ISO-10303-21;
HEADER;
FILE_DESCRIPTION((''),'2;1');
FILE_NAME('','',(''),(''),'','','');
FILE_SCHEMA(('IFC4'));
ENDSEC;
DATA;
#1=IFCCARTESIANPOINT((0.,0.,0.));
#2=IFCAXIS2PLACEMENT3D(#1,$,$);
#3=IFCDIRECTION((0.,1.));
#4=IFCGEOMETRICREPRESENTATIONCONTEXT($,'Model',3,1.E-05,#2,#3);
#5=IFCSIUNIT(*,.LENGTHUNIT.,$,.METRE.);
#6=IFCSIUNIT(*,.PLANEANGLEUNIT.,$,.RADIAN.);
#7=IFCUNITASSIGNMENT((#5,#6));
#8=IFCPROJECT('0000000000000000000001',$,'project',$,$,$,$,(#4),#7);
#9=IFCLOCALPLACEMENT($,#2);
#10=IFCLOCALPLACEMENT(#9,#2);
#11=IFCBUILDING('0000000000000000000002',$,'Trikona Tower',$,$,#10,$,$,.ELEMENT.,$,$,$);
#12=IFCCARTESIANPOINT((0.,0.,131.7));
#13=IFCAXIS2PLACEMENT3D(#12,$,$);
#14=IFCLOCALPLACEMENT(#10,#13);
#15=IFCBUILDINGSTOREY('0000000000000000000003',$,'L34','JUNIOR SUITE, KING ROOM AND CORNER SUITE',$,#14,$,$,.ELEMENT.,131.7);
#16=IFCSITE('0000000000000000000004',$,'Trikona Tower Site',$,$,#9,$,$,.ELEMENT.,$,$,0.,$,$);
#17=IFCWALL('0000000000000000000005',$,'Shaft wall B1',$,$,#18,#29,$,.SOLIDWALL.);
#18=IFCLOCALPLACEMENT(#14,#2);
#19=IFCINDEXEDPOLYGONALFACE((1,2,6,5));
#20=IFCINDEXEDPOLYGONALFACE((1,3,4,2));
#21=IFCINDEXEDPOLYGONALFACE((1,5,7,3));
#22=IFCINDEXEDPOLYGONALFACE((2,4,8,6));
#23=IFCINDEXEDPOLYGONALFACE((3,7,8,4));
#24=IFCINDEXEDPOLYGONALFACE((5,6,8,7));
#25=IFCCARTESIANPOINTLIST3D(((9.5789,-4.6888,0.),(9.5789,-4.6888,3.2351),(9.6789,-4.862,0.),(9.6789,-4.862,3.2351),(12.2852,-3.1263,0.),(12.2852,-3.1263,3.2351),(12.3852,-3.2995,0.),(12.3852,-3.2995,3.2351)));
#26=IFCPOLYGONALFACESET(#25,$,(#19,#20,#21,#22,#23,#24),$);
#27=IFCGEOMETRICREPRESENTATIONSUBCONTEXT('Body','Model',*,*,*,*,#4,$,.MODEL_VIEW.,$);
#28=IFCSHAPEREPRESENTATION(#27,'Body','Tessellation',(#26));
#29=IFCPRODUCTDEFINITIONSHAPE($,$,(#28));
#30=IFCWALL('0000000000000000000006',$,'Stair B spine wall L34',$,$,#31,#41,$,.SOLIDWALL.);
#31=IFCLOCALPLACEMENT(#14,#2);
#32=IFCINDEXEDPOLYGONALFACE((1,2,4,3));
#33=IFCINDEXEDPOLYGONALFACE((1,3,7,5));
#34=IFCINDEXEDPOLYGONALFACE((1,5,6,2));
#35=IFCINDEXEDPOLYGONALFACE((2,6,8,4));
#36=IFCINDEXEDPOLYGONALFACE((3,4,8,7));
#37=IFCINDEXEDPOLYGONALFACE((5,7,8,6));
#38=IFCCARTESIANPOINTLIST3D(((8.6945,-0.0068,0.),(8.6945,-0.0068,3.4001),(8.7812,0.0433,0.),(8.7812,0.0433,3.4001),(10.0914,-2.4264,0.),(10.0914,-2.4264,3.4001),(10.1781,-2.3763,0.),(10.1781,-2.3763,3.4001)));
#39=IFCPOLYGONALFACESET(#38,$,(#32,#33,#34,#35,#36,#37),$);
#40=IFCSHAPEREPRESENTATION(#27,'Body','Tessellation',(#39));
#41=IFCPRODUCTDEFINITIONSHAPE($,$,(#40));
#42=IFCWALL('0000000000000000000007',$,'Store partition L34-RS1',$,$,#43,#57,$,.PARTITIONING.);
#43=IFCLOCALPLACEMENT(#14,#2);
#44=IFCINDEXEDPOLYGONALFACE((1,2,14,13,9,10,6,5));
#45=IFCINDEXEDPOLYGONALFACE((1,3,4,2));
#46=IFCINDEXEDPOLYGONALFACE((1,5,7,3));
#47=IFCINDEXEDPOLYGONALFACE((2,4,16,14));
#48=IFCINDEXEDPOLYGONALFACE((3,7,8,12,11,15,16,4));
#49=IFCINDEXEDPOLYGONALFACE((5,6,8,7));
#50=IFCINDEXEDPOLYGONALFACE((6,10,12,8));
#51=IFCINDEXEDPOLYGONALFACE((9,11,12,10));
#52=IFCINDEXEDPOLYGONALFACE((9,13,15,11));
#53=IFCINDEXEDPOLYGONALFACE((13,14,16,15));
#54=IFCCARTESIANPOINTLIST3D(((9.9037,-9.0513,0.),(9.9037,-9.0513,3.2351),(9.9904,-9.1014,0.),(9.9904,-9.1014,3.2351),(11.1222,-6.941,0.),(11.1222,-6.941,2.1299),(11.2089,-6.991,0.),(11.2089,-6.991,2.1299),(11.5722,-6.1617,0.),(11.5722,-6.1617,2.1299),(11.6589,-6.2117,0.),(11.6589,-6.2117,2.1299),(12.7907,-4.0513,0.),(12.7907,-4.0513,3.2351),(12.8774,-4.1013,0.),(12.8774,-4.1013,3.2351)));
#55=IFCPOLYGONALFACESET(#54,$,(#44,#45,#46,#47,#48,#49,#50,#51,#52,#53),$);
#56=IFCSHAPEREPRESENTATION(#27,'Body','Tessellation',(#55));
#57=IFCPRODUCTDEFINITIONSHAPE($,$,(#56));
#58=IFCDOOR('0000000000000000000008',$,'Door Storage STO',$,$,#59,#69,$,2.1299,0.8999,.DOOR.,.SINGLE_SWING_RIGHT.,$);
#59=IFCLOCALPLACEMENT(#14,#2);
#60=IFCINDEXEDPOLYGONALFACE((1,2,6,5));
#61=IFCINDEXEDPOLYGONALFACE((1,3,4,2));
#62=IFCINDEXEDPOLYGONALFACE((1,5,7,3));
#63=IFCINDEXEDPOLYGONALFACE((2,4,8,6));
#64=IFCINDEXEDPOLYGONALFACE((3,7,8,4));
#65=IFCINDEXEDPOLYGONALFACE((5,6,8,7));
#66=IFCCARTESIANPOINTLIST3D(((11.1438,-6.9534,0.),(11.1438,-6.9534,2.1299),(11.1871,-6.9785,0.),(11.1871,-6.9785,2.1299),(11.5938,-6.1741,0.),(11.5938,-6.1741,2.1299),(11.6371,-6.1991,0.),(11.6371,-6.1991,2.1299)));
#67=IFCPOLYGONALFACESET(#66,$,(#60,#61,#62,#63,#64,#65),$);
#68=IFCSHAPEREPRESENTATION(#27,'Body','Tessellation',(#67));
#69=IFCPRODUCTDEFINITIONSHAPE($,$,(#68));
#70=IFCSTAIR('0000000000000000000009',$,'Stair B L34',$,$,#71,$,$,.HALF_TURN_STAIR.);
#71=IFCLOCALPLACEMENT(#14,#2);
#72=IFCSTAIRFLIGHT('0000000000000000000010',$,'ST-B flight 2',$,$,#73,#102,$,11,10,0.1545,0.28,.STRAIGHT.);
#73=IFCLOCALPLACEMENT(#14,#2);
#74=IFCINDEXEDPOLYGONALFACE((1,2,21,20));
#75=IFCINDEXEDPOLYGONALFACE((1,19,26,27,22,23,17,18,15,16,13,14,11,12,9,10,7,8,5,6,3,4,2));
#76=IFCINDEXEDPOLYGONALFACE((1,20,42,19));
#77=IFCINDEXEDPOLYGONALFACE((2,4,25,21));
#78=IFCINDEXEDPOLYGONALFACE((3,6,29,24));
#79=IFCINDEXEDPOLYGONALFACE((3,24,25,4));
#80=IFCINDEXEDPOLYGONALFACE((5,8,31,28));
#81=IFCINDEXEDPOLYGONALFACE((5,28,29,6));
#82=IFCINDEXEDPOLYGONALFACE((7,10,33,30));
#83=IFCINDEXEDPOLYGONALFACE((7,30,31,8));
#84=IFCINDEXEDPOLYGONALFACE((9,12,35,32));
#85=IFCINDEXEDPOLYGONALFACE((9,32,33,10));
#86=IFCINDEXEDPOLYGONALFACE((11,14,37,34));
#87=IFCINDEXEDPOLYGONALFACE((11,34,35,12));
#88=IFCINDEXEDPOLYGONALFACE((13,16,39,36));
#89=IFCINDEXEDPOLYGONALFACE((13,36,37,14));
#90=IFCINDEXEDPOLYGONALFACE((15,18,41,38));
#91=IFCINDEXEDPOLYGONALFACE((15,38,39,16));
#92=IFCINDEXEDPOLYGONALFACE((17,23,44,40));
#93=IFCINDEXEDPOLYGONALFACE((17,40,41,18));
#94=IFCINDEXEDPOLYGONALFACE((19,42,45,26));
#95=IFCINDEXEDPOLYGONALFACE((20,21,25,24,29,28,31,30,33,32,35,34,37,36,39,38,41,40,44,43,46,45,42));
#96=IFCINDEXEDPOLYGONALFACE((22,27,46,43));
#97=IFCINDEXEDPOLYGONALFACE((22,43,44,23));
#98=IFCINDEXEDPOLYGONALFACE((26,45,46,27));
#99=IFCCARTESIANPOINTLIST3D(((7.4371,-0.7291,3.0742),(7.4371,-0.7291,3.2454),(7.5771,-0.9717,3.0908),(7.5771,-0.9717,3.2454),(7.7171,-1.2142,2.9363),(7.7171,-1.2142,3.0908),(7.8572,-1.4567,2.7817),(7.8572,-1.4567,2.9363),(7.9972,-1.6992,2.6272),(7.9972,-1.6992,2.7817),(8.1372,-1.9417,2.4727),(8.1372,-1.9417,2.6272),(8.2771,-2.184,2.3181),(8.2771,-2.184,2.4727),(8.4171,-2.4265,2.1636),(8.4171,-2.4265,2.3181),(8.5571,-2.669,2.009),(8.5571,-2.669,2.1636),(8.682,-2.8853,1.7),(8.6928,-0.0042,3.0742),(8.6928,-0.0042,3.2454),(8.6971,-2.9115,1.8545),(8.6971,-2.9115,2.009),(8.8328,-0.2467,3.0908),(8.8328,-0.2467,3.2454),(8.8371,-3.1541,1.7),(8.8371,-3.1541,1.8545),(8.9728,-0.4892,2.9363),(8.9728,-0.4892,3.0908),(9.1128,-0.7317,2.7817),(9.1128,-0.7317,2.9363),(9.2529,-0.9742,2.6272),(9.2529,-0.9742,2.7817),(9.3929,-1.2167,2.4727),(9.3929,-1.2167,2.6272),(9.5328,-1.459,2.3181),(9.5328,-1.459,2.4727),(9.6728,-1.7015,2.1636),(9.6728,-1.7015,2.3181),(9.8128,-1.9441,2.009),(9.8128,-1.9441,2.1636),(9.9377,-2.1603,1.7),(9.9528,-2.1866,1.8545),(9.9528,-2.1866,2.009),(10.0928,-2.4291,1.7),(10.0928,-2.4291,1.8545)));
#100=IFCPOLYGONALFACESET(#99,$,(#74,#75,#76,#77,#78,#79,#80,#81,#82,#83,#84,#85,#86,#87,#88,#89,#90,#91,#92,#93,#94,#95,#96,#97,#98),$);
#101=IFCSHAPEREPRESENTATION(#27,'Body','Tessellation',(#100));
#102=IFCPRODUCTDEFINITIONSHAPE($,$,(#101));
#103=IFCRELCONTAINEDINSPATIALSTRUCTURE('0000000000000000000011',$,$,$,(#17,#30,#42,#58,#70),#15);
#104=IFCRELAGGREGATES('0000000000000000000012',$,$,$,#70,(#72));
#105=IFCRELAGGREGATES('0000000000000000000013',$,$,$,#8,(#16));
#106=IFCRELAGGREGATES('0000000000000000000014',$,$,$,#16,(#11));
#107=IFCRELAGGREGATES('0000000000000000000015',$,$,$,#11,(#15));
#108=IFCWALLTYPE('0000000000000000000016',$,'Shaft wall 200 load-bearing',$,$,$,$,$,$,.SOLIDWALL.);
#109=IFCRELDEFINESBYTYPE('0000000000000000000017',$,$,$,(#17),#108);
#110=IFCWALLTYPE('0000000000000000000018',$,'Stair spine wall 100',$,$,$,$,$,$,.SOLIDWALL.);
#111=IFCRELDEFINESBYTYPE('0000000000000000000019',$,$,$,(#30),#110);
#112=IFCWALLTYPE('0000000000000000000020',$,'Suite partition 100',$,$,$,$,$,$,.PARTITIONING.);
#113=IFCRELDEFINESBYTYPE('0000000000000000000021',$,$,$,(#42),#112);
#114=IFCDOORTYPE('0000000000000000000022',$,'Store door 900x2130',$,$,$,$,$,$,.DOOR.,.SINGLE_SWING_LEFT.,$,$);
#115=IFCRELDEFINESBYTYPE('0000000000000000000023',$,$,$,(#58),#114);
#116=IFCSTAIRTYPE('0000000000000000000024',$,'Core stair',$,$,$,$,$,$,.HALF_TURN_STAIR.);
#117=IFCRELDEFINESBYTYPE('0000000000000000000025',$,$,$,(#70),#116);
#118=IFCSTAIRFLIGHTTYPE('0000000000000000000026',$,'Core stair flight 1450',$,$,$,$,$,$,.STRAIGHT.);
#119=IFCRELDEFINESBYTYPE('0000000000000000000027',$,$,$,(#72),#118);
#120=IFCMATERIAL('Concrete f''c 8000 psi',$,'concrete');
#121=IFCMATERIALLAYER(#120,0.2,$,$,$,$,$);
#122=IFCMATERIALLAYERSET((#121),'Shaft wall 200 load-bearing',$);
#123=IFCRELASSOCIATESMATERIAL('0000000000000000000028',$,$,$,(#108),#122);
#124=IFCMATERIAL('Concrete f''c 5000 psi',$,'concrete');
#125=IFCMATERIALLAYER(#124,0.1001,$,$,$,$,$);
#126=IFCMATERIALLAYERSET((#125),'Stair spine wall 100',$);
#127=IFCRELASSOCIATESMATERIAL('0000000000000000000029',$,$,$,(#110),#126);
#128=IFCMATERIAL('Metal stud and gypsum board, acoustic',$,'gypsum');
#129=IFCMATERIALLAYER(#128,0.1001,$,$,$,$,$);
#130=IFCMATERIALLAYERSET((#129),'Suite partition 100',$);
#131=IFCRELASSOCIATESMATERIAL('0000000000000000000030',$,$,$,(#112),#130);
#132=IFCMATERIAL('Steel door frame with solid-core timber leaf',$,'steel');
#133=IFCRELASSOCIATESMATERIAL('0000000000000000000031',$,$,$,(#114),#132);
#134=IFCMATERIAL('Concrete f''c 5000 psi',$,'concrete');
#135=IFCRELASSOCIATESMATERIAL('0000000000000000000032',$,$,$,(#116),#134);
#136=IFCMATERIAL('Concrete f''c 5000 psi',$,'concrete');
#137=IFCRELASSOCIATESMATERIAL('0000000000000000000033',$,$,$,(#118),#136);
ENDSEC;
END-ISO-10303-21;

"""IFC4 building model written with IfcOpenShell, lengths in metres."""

from ifc_helpers import new_model, si_unit, direction, frame, frame_2d, origin, place, context, subcontext, project, spatial, polyline, rectangle, outline, extrude, material, layer, layer_set, type_object, element, fill, aggregate, save


model = new_model("IFC4")

# Units and contexts
model_context = context("Model", 3, precision=1e-05, world=origin(), true_north=direction((0.0, 1.0)))
body_context = subcontext(model_context, "Body", "Model", "MODEL_VIEW")
ifc_project = project(units=[si_unit("LENGTHUNIT", "METRE"), si_unit("PLANEANGLEUNIT", "RADIAN")], contexts=[model_context])

# Site, building, storey
site_placement = place(None, origin())
site = spatial("IfcSite", under=ifc_project, at=site_placement, Name="Trikona Tower Site", CompositionType="ELEMENT", RefElevation=0.0)
building_placement = place(site_placement, origin())
building = spatial("IfcBuilding", under=site, at=building_placement, Name="Trikona Tower", CompositionType="ELEMENT")
storey_placement = place(building_placement, frame((0.0, 0.0, 131.7)))
storey = spatial("IfcBuildingStorey", under=building, at=storey_placement, Name="L34", Description="JUNIOR SUITE, KING ROOM AND CORNER SUITE", CompositionType="ELEMENT", Elevation=131.7)

# Walls
ifc_material_1 = material(Name="Concrete f'c 8000 psi", Category="concrete")
ifc_layer_1 = layer(ifc_material_1, 0.2)
ifc_layer_set_1 = layer_set([ifc_layer_1], Name="Shaft wall 200 load-bearing")
wall_type_1 = type_object("IfcWallType", Name="Shaft wall 200 load-bearing", PredefinedType="SOLIDWALL", material=ifc_layer_set_1)
wall_1_placement = place(storey_placement, frame((9.6289, -4.7754, 0.0), z_axis=(0.0, 0.0, 1.0), x_axis=(0.866023, 0.500004, 0.0)))
element("IfcWall", 1, at=wall_1_placement, inside=storey, type_object=wall_type_1, Name="Shaft wall B1", PredefinedType="SOLIDWALL", context=body_context, shape_type="SweptSolid", body=[
    extrude(rectangle(XDim=3.125, YDim=0.2, at=frame_2d((1.5625, 0.0))), origin(), (0.0, 0.0, 1.0), 3.2351),
])
ifc_material_2 = material(Name="Concrete f'c 5000 psi", Category="concrete")
ifc_layer_2 = layer(ifc_material_2, 0.1001)
ifc_layer_set_2 = layer_set([ifc_layer_2], Name="Stair spine wall 100")
wall_type_2 = type_object("IfcWallType", Name="Stair spine wall 100", PredefinedType="SOLIDWALL", material=ifc_layer_set_2)
wall_2_placement = place(storey_placement, frame((10.1348, -2.4014, 0.0), z_axis=(0.0, 0.0, 1.0), x_axis=(-0.499992, 0.86603, 0.0)))
element("IfcWall", 2, at=wall_2_placement, inside=storey, type_object=wall_type_2, Name="Stair B spine wall L34", PredefinedType="SOLIDWALL", context=body_context, shape_type="SweptSolid", body=[
    extrude(rectangle(XDim=2.7939, YDim=0.1001, at=frame_2d((1.397, 0.0))), origin(), (0.0, 0.0, 1.0), 3.4001),
])

# Wall, opening, door
ifc_material_3 = material(Name="Metal stud and gypsum board, acoustic", Category="gypsum")
ifc_layer_3 = layer(ifc_material_3, 0.1001)
ifc_layer_set_3 = layer_set([ifc_layer_3], Name="Suite partition 100")
wall_type_3 = type_object("IfcWallType", Name="Suite partition 100", PredefinedType="PARTITIONING", material=ifc_layer_set_3)
wall_3_placement = place(storey_placement, frame((12.834, -4.0764, 0.0), z_axis=(0.0, 0.0, 1.0), x_axis=(-0.500027, -0.86601, 0.0)))
wall_3 = element("IfcWall", 3, at=wall_3_placement, inside=storey, type_object=wall_type_3, Name="Store partition L34-RS1", PredefinedType="PARTITIONING", context=body_context, shape_type="SweptSolid", body=[
    extrude(rectangle(XDim=5.7737, YDim=0.1001, at=frame_2d((2.8867, 0.0))), origin(), (0.0, 0.0, 1.0), 3.2351),
])
opening_1_placement = place(wall_3_placement, frame((2.4368, 0.0, 0.0)))
opening_1 = element("IfcOpeningElement", 4, at=opening_1_placement, cuts=wall_3, PredefinedType="OPENING", context=body_context, shape_type="SweptSolid", body=[
    extrude(rectangle(XDim=0.8999, YDim=2.1299, at=frame_2d((0.45, 1.0649))), frame((0.0, 0.0601, 0.0), z_axis=(0.0, -1.0, 0.0), x_axis=(1.0, 0.0, 0.0)), (0.0, 0.0, 1.0), 0.1201),
])
ifc_material_4 = material(Name="Steel door frame with solid-core timber leaf", Category="steel")
door_type_1 = type_object("IfcDoorType", Name="Store door 900x2130", OperationType="SINGLE_SWING_LEFT", PredefinedType="DOOR", material=ifc_material_4)
door_1_placement = place(opening_1_placement, origin())
door_1 = element("IfcDoor", 5, at=door_1_placement, inside=storey, type_object=door_type_1, Name="Door Storage STO", OperationType="SINGLE_SWING_RIGHT", OverallHeight=2.1299, OverallWidth=0.8999, PredefinedType="DOOR", context=body_context, shape_type="SweptSolid", body=[
    extrude(rectangle(XDim=0.8999, YDim=2.1299, at=frame_2d((0.45, 1.0649))), frame((0.0, 0.0249, 0.0), z_axis=(0.0, -1.0, 0.0), x_axis=(1.0, 0.0, 0.0)), (0.0, 0.0, 1.0), 0.05),
])
fill(opening_1, door_1)

# Stair, stair flight
ifc_material_5 = material(Name="Concrete f'c 5000 psi", Category="concrete")
stair_type = type_object("IfcStairType", Name="Core stair", PredefinedType="HALF_TURN_STAIR", material=ifc_material_5)
stair_placement = place(storey_placement, origin())
stair = element("IfcStair", 6, at=stair_placement, inside=storey, type_object=stair_type, Name="Stair B L34", PredefinedType="HALF_TURN_STAIR")
ifc_material_6 = material(Name="Concrete f'c 5000 psi", Category="concrete")
stair_flight_type = type_object("IfcStairFlightType", Name="Core stair flight 1450", PredefinedType="STRAIGHT", material=ifc_material_6)
stair_flight_placement = place(storey_placement, frame((9.4651, -2.7915, 1.7), z_axis=(0.0, 0.0, 1.0), x_axis=(-0.5, 0.866025, 0.0)))
stair_flight = element("IfcStairFlight", 7, at=stair_flight_placement, type_object=stair_flight_type, Name="ST-B flight 2", NumberOfRisers=11, NumberOfTreads=10, PredefinedType="STRAIGHT", RiserHeight=0.1545, TreadLength=0.28, context=body_context, shape_type="SweptSolid", body=[
    extrude(outline(polyline([(0.0, 0.0), (0.0, 0.1545), (0.28, 0.1545), (0.28, 0.3091), (0.5601, 0.3091), (0.5601, 0.4636), (0.8401, 0.4636), (0.8401, 0.6182), (1.1201, 0.6182), (1.1201, 0.7727), (1.3999, 0.7727), (1.3999, 0.9272), (1.6799, 0.9272), (1.6799, 1.0818), (1.96, 1.0818), (1.96, 1.2363), (2.24, 1.2363), (2.24, 1.3909), (2.52, 1.3909), (2.52, 1.5454), (2.8, 1.5454), (2.8, 1.7), (2.8, 1.3743), (0.3103, 0.0), (0.0, 0.0)])), frame((0.0, 0.7251, 0.0), z_axis=(0.0, -1.0, 0.0), x_axis=(1.0, 0.0, 0.0)), (0.0, 0.0, 1.0), 1.45),
])
aggregate(stair, [stair_flight])

save(model, "model.ifc")
